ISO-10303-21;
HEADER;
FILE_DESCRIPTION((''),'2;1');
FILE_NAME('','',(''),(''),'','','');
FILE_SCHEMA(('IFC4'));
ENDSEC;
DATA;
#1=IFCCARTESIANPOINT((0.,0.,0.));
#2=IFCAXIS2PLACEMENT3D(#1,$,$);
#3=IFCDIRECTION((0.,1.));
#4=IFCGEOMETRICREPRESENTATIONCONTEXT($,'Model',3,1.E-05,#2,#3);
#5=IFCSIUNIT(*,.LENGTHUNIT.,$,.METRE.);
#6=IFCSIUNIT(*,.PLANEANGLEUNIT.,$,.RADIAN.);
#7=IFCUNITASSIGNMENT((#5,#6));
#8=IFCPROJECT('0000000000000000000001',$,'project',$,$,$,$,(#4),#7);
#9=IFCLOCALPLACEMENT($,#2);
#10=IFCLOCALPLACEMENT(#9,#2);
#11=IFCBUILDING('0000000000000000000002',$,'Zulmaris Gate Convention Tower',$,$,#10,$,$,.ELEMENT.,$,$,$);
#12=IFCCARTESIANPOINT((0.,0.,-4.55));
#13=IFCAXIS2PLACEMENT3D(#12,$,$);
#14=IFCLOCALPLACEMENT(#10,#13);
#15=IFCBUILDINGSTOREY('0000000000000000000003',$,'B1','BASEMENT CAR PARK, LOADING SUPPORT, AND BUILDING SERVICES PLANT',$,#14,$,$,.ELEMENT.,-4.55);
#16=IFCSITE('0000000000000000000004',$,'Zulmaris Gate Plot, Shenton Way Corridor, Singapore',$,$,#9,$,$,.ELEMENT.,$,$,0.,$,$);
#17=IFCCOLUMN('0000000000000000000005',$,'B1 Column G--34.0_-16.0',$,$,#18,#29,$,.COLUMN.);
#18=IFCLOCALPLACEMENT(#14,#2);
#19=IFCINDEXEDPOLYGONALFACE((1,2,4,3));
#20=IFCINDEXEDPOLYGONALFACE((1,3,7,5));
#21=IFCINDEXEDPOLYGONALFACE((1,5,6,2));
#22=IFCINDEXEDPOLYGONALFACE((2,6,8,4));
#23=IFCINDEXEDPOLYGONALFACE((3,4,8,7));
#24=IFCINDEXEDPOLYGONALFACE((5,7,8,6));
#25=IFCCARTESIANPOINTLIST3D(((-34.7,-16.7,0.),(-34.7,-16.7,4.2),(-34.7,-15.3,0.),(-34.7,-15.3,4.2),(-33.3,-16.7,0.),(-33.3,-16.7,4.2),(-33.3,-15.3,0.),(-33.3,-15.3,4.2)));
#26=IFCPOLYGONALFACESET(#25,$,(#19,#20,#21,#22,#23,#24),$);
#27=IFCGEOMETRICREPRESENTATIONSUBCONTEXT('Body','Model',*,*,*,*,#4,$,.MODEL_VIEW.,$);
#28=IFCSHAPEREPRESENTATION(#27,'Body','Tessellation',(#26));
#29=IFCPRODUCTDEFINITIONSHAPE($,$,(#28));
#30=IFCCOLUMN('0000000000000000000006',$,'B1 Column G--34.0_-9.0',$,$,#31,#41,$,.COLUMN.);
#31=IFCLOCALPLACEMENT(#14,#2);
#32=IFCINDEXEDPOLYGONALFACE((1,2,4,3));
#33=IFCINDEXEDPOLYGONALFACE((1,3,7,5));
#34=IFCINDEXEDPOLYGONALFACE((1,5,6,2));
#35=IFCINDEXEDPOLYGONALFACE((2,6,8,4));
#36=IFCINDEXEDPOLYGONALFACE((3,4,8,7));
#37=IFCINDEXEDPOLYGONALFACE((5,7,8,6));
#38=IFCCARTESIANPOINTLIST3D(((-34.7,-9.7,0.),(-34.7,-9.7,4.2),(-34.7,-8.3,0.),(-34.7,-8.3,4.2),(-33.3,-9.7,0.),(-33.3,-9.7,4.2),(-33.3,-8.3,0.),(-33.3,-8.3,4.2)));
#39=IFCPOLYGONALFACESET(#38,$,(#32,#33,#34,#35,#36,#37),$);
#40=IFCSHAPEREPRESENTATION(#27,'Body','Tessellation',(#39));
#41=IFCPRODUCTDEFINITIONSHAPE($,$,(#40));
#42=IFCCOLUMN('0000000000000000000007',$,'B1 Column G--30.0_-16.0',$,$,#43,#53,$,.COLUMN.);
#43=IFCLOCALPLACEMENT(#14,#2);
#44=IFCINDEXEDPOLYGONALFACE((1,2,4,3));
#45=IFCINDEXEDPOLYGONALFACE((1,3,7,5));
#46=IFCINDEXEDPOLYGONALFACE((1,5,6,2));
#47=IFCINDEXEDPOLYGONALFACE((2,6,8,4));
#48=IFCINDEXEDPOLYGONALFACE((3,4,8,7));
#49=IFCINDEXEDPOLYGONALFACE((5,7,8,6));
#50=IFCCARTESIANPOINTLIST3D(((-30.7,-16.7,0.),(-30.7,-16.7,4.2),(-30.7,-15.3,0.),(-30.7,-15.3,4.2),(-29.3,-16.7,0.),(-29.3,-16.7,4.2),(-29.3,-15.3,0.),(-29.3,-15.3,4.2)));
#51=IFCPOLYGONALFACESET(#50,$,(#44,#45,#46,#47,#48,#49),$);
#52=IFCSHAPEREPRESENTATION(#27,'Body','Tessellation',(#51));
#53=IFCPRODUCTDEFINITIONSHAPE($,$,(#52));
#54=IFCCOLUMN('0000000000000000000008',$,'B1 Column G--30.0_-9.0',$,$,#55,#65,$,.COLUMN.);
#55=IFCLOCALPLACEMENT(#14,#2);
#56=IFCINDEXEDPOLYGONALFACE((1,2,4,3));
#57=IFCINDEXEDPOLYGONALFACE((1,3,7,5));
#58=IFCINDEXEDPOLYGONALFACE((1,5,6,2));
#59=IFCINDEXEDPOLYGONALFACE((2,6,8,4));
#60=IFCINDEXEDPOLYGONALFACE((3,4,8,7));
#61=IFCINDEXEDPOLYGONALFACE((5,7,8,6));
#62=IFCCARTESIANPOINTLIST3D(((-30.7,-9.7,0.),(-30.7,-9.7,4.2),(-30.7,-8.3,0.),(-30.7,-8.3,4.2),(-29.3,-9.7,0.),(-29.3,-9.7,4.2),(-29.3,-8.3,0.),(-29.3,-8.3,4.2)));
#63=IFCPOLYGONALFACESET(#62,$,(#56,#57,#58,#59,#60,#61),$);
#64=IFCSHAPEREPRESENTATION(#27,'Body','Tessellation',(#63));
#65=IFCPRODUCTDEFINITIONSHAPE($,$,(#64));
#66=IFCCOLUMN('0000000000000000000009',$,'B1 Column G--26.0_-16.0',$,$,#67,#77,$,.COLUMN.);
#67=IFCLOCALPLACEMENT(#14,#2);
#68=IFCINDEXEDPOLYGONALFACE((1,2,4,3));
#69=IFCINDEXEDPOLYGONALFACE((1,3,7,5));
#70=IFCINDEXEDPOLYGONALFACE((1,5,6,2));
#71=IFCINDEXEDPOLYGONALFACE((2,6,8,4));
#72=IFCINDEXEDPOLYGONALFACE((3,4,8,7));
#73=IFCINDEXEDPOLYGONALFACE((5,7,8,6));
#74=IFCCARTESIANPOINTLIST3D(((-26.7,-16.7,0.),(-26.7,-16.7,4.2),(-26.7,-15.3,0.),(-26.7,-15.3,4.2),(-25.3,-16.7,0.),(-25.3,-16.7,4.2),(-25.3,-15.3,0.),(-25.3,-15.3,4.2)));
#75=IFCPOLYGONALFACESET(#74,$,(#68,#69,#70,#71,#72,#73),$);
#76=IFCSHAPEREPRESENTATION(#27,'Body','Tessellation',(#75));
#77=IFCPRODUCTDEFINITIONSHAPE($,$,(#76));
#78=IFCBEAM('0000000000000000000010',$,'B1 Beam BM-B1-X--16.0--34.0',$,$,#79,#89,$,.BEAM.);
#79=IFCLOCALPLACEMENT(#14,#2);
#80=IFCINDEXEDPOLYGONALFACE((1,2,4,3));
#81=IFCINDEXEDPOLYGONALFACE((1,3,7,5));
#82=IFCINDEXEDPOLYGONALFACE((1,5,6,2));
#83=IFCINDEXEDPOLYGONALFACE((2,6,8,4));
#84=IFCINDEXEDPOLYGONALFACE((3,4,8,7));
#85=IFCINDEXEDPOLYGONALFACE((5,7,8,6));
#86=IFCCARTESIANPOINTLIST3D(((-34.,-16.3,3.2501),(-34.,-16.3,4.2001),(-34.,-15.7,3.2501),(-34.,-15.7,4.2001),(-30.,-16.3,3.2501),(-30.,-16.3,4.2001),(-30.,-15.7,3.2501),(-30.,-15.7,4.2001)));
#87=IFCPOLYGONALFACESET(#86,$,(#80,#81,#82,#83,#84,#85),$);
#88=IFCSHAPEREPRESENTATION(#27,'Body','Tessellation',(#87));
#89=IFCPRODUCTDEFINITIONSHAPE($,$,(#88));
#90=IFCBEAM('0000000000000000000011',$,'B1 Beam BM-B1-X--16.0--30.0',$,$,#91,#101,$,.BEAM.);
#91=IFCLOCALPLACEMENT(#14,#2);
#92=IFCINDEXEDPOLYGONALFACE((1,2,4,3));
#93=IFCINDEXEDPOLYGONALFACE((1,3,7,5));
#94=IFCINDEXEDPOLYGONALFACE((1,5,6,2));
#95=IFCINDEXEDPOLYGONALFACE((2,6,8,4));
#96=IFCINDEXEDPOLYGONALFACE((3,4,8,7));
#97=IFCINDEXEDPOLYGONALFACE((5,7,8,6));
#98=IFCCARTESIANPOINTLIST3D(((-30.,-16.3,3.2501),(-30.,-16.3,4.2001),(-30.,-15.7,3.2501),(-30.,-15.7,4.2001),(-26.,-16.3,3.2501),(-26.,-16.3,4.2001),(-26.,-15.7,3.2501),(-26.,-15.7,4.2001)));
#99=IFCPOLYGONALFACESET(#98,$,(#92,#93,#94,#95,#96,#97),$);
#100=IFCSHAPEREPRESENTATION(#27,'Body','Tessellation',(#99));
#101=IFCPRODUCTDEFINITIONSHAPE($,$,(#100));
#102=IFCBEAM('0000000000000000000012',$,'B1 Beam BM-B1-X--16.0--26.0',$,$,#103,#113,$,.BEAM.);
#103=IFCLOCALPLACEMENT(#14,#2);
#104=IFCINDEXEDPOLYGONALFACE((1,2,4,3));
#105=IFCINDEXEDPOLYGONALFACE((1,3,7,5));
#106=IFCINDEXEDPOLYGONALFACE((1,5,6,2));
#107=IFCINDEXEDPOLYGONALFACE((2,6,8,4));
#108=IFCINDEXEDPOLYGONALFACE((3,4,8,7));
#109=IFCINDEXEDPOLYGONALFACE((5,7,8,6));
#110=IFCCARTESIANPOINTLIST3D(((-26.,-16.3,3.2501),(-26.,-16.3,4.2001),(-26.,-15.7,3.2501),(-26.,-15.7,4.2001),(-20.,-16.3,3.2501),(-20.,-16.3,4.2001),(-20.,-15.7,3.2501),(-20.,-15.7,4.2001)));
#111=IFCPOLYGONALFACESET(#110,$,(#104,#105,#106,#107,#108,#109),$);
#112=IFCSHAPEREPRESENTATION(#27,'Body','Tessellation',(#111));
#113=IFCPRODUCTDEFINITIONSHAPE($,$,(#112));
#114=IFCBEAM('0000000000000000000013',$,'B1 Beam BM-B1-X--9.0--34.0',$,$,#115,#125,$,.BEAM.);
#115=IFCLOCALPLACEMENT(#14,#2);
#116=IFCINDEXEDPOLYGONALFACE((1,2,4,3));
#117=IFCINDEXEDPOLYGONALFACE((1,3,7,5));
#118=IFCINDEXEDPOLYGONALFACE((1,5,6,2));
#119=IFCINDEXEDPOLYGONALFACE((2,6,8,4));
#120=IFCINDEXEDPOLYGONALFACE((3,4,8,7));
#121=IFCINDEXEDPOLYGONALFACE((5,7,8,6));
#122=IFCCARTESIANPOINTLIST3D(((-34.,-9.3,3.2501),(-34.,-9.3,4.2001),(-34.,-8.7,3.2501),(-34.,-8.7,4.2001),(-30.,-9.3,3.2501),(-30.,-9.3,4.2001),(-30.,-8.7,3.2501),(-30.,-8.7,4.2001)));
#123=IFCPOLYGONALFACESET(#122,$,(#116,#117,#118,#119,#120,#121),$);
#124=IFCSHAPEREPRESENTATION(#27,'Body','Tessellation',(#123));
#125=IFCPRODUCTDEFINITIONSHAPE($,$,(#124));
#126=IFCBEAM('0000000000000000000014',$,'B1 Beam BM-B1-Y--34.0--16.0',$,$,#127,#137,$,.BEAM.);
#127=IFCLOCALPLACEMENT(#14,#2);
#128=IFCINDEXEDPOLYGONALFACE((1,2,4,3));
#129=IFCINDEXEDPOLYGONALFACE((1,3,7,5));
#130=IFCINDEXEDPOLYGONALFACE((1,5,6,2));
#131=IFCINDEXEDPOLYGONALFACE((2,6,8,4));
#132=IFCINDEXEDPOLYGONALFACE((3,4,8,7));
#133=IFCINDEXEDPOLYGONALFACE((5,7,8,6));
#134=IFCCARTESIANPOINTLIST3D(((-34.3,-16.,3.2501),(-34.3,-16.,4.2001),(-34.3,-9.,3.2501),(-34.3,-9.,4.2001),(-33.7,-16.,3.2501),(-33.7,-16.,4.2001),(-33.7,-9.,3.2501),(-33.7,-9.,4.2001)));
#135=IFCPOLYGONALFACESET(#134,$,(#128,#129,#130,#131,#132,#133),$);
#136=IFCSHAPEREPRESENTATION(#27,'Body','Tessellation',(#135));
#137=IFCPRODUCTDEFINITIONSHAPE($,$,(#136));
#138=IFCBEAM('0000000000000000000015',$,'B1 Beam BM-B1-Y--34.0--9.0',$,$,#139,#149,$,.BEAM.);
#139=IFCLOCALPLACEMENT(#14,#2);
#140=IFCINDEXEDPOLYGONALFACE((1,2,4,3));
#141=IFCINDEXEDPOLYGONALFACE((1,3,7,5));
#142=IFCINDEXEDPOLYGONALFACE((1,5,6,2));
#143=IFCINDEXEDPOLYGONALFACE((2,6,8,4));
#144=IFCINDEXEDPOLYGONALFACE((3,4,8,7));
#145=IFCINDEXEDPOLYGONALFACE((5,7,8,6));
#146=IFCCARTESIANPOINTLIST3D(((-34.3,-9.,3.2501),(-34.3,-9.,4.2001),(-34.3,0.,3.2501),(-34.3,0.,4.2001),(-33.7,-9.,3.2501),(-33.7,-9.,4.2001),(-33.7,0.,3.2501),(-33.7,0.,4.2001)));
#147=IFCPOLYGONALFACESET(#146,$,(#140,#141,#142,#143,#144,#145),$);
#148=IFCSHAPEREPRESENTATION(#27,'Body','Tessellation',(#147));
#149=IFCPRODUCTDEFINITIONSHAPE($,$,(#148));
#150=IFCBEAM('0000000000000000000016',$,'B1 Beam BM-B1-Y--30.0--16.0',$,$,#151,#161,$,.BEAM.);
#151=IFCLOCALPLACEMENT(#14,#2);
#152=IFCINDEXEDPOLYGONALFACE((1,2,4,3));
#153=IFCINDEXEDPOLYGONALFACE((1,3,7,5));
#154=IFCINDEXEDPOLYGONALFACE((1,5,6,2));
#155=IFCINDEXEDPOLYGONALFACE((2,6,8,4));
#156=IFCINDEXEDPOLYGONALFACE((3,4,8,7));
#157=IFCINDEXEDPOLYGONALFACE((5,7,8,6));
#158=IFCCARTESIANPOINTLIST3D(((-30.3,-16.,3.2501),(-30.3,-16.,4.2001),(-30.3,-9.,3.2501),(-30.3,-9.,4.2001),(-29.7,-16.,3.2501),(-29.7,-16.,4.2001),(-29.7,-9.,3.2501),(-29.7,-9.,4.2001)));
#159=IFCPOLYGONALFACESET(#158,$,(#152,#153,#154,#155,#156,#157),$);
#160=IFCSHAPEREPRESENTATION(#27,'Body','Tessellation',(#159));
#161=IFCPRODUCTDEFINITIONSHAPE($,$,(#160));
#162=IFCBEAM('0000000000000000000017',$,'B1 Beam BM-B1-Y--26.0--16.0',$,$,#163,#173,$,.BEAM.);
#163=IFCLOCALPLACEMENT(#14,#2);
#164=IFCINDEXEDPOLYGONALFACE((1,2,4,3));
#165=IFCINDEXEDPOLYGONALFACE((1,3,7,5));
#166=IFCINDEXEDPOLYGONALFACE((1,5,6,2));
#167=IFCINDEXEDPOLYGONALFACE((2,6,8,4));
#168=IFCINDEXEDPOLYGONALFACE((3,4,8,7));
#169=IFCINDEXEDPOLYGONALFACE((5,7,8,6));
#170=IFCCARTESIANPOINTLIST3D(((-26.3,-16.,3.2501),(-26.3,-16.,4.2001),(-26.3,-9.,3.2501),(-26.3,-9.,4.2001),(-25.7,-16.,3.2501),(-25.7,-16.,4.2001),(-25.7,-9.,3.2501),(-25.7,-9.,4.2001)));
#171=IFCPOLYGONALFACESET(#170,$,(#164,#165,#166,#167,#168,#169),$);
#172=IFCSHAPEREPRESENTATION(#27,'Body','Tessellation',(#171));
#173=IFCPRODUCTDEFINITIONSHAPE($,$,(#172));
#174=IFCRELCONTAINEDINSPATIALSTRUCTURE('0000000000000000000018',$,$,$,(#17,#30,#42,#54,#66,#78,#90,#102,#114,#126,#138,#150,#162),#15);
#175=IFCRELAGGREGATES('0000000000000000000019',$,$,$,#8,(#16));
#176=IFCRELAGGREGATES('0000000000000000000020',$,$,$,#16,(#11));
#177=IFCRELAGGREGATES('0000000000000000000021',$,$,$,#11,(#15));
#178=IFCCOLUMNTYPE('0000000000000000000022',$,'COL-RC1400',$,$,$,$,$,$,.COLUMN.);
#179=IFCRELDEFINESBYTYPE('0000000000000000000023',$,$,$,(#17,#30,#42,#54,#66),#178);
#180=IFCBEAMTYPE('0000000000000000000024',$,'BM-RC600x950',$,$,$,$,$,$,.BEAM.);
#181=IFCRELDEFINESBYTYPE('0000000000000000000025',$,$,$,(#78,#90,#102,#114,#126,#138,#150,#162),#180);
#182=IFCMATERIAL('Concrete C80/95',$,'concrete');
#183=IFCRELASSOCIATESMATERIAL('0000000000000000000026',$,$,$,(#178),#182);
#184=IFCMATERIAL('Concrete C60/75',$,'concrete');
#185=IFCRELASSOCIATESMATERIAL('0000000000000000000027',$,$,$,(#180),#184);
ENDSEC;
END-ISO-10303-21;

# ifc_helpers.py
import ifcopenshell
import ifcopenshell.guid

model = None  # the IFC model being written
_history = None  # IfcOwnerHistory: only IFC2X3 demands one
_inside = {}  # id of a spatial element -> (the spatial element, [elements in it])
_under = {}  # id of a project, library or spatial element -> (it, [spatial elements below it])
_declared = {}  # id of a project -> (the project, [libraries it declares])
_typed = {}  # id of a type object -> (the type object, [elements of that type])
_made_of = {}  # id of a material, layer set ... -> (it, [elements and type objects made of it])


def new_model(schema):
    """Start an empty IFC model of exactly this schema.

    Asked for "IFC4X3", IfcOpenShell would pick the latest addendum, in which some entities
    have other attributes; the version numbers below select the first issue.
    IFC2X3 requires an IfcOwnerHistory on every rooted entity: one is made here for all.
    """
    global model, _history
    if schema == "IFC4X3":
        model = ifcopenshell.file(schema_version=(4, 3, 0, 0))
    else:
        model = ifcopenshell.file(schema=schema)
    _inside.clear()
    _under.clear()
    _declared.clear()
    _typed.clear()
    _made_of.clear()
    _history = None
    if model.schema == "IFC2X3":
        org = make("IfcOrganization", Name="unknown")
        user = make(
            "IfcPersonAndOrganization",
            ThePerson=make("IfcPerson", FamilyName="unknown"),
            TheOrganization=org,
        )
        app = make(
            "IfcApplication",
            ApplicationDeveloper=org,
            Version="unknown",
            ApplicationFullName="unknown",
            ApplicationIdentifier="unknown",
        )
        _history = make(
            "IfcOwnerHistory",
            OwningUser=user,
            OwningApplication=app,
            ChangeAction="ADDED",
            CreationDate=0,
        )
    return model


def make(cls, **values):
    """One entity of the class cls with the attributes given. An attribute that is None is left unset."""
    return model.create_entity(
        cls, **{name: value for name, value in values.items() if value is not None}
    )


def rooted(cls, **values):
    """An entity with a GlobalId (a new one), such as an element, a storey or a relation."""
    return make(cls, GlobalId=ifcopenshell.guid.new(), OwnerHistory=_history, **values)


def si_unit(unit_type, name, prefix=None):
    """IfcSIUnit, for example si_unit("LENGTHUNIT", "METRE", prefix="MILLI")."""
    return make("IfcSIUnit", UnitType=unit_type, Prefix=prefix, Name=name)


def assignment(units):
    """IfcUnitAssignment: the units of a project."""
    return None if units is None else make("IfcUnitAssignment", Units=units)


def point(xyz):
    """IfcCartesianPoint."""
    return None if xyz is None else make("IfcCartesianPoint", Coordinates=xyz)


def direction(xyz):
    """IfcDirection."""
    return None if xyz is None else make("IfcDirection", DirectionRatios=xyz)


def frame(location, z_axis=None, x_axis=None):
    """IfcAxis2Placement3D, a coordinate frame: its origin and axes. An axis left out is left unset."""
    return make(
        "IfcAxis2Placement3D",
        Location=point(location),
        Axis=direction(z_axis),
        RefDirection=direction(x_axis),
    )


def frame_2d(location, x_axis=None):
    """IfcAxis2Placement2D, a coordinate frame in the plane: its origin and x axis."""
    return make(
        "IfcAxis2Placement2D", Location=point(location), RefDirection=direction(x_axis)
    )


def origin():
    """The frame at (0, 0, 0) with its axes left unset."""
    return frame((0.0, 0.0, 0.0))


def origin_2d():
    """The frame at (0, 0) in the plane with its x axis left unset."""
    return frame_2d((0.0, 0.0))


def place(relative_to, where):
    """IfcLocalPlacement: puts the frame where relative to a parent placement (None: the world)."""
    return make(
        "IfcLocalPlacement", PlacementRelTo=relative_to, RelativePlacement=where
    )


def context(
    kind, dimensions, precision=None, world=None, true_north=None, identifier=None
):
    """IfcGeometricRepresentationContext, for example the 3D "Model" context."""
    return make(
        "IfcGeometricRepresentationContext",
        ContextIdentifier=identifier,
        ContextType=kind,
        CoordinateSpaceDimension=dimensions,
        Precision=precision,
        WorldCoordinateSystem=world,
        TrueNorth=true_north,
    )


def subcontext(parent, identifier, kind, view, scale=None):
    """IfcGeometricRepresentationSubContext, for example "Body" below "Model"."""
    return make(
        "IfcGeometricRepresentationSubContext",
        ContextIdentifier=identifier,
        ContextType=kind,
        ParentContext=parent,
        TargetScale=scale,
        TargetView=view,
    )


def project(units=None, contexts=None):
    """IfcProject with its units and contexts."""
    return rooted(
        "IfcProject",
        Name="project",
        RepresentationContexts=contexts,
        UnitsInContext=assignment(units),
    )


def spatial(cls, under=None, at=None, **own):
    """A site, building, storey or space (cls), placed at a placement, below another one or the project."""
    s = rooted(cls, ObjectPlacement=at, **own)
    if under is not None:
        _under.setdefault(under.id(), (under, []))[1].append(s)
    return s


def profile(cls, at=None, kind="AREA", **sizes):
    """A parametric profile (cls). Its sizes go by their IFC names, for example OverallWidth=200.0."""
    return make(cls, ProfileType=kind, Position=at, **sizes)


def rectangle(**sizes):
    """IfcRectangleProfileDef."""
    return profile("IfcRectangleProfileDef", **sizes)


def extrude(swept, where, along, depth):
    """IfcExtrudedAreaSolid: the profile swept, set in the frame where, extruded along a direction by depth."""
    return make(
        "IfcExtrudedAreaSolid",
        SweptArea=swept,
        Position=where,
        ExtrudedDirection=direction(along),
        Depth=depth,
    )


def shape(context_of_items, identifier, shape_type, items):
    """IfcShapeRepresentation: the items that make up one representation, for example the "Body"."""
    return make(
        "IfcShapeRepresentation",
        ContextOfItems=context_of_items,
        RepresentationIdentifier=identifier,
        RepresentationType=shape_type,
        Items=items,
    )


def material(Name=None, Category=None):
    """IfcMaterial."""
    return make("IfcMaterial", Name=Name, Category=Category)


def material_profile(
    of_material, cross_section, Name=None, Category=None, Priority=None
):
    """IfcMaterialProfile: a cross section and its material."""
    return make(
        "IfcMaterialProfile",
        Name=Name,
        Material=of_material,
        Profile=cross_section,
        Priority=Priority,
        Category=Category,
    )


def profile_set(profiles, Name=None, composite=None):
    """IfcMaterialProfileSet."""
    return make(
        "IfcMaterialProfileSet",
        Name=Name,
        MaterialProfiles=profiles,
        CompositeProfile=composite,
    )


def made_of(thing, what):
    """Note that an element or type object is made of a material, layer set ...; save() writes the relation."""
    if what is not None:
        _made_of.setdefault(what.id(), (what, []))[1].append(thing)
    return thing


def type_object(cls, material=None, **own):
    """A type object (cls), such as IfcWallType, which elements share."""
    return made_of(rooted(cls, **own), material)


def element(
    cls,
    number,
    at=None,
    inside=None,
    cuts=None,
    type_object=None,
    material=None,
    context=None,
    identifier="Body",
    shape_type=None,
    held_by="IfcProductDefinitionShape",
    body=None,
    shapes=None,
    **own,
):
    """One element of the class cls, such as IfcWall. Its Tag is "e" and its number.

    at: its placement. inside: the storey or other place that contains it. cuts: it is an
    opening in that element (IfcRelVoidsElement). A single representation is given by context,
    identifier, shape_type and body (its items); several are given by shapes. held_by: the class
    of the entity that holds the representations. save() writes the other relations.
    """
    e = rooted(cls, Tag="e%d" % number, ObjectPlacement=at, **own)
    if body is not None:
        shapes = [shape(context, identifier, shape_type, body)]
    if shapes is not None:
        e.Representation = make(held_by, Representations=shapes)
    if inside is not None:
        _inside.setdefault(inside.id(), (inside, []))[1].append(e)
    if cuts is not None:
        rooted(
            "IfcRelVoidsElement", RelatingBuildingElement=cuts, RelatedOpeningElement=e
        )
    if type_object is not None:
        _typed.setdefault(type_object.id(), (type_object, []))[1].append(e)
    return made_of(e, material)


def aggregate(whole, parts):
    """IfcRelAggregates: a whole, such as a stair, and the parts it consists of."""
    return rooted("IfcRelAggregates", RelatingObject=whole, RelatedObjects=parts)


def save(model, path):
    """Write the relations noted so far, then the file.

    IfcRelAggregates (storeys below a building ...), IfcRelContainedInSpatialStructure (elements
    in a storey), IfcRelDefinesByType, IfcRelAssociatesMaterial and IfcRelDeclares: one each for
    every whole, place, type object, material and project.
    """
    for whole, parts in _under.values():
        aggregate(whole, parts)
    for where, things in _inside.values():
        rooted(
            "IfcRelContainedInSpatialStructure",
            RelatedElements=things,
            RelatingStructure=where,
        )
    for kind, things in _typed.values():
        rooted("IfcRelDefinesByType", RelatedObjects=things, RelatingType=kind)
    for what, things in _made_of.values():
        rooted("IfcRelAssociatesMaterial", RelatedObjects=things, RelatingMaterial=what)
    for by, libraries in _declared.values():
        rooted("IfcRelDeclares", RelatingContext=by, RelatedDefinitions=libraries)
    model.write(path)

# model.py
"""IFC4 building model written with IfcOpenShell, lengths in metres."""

from ifc_helpers import new_model, si_unit, direction, frame, origin, origin_2d, place, context, subcontext, project, spatial, rectangle, extrude, material, material_profile, profile_set, type_object, element, save


model = new_model("IFC4")

# Units and contexts
model_context = context("Model", 3, precision=1e-05, world=origin(), true_north=direction((0.0, 1.0)))
body_context = subcontext(model_context, "Body", "Model", "MODEL_VIEW")
ifc_project = project(units=[si_unit("LENGTHUNIT", "METRE"), si_unit("PLANEANGLEUNIT", "RADIAN")], contexts=[model_context])

# Site, building, storey
site_placement = place(None, origin())
site = spatial("IfcSite", under=ifc_project, at=site_placement, Name="Zulmaris Gate Plot, Shenton Way Corridor, Singapore", CompositionType="ELEMENT", RefElevation=0.0)
building_placement = place(site_placement, origin())
building = spatial("IfcBuilding", under=site, at=building_placement, Name="Zulmaris Gate Convention Tower", CompositionType="ELEMENT")
storey_placement = place(building_placement, frame((0.0, 0.0, -4.55)))
storey = spatial("IfcBuildingStorey", under=building, at=storey_placement, Name="B1", Description="BASEMENT CAR PARK, LOADING SUPPORT, AND BUILDING SERVICES PLANT", CompositionType="ELEMENT", Elevation=-4.55)

# Columns
ifc_material_1 = material(Name="Concrete C80/95", Category="concrete")
ifc_material_profile_1 = material_profile(ifc_material_1, rectangle(XDim=1.3999, YDim=1.3999, at=origin_2d()), Name="RC COL 1400x1400")
ifc_profile_set_1 = profile_set([ifc_material_profile_1], Name="Concrete C80/95")
column_type = type_object("IfcColumnType", Name="COL-RC1400", PredefinedType="COLUMN", material=ifc_profile_set_1)
for number, where, z_axis, x_axis, name in (
    (1, (-34.0, -16.0, 0.0), (0.0, 0.0, 1.0), (1.0, 0.0, 0.0), "B1 Column G--34.0_-16.0"),
    (2, (-34.0, -9.0, 0.0), (0.0, 0.0, 1.0), (1.0, 0.0, 0.0), "B1 Column G--34.0_-9.0"),
    (3, (-30.0, -16.0, 0.0), (0.0, 0.0, 1.0), (1.0, 0.0, 0.0), "B1 Column G--30.0_-16.0"),
    (4, (-30.0, -9.0, 0.0), (0.0, 0.0, 1.0), (1.0, 0.0, 0.0), "B1 Column G--30.0_-9.0"),
    (5, (-26.0, -16.0, 0.0), (0.0, 0.0, 1.0), (1.0, 0.0, 0.0), "B1 Column G--26.0_-16.0"),
):
    element("IfcColumn", number, at=place(storey_placement, frame(where, z_axis=z_axis, x_axis=x_axis)), inside=storey, type_object=column_type, Name=name, PredefinedType="COLUMN", context=body_context, shape_type="SweptSolid", body=[
        extrude(rectangle(XDim=1.3999, YDim=1.3999, at=origin_2d()), origin(), (0.0, 0.0, 1.0), 4.2),
    ])

# Beams
ifc_material_2 = material(Name="Concrete C60/75", Category="concrete")
ifc_material_profile_2 = material_profile(ifc_material_2, rectangle(XDim=0.6001, YDim=0.95, at=origin_2d()), Name="RC BEAM 600x950")
ifc_profile_set_2 = profile_set([ifc_material_profile_2], Name="Concrete C60/75")
beam_type_1 = type_object("IfcBeamType", Name="BM-RC600x950", PredefinedType="BEAM", material=ifc_profile_set_2)
for number, where, z_axis, x_axis, name in (
    (6, (-34.0, -16.0, 3.7251), (1.0, 0.0, 0.0), (0.0, 1.0, 0.0), "B1 Beam BM-B1-X--16.0--34.0"),
    (7, (-30.0, -16.0, 3.7251), (1.0, 0.0, 0.0), (0.0, 1.0, 0.0), "B1 Beam BM-B1-X--16.0--30.0"),
):
    element("IfcBeam", number, at=place(storey_placement, frame(where, z_axis=z_axis, x_axis=x_axis)), inside=storey, type_object=beam_type_1, Name=name, PredefinedType="BEAM", context=body_context, shape_type="SweptSolid", body=[
        extrude(rectangle(XDim=0.6001, YDim=0.95, at=origin_2d()), origin(), (0.0, 0.0, 1.0), 4.0),
    ])
beam_1_placement = place(storey_placement, frame((-26.0, -16.0, 3.7251), z_axis=(1.0, 0.0, 0.0), x_axis=(0.0, 1.0, 0.0)))
element("IfcBeam", 8, at=beam_1_placement, inside=storey, type_object=beam_type_1, Name="B1 Beam BM-B1-X--16.0--26.0", PredefinedType="BEAM", context=body_context, shape_type="SweptSolid", body=[
    extrude(rectangle(XDim=0.6001, YDim=0.95, at=origin_2d()), origin(), (0.0, 0.0, 1.0), 6.0),
])
beam_2_placement = place(storey_placement, frame((-34.0, -9.0, 3.7251), z_axis=(1.0, 0.0, 0.0), x_axis=(0.0, 1.0, 0.0)))
element("IfcBeam", 9, at=beam_2_placement, inside=storey, type_object=beam_type_1, Name="B1 Beam BM-B1-X--9.0--34.0", PredefinedType="BEAM", context=body_context, shape_type="SweptSolid", body=[
    extrude(rectangle(XDim=0.6001, YDim=0.95, at=origin_2d()), origin(), (0.0, 0.0, 1.0), 4.0),
])
beam_3_placement = place(storey_placement, frame((-34.0, -16.0, 3.7251), z_axis=(0.0, 1.0, 0.0), x_axis=(-1.0, 0.0, 0.0)))
element("IfcBeam", 10, at=beam_3_placement, inside=storey, type_object=beam_type_1, Name="B1 Beam BM-B1-Y--34.0--16.0", PredefinedType="BEAM", context=body_context, shape_type="SweptSolid", body=[
    extrude(rectangle(XDim=0.6001, YDim=0.95, at=origin_2d()), origin(), (0.0, 0.0, 1.0), 7.0),
])
beam_4_placement = place(storey_placement, frame((-34.0, -9.0, 3.7251), z_axis=(0.0, 1.0, 0.0), x_axis=(-1.0, 0.0, 0.0)))
element("IfcBeam", 11, at=beam_4_placement, inside=storey, type_object=beam_type_1, Name="B1 Beam BM-B1-Y--34.0--9.0", PredefinedType="BEAM", context=body_context, shape_type="SweptSolid", body=[
    extrude(rectangle(XDim=0.6001, YDim=0.95, at=origin_2d()), origin(), (0.0, 0.0, 1.0), 9.0),
])
for number, where, z_axis, x_axis, name in (
    (12, (-30.0, -16.0, 3.7251), (0.0, 1.0, 0.0), (-1.0, 0.0, 0.0), "B1 Beam BM-B1-Y--30.0--16.0"),
    (13, (-26.0, -16.0, 3.7251), (0.0, 1.0, 0.0), (-1.0, 0.0, 0.0), "B1 Beam BM-B1-Y--26.0--16.0"),
):
    element("IfcBeam", number, at=place(storey_placement, frame(where, z_axis=z_axis, x_axis=x_axis)), inside=storey, type_object=beam_type_1, Name=name, PredefinedType="BEAM", context=body_context, shape_type="SweptSolid", body=[
        extrude(rectangle(XDim=0.6001, YDim=0.95, at=origin_2d()), origin(), (0.0, 0.0, 1.0), 7.0),
    ])

save(model, "model.ifc")
